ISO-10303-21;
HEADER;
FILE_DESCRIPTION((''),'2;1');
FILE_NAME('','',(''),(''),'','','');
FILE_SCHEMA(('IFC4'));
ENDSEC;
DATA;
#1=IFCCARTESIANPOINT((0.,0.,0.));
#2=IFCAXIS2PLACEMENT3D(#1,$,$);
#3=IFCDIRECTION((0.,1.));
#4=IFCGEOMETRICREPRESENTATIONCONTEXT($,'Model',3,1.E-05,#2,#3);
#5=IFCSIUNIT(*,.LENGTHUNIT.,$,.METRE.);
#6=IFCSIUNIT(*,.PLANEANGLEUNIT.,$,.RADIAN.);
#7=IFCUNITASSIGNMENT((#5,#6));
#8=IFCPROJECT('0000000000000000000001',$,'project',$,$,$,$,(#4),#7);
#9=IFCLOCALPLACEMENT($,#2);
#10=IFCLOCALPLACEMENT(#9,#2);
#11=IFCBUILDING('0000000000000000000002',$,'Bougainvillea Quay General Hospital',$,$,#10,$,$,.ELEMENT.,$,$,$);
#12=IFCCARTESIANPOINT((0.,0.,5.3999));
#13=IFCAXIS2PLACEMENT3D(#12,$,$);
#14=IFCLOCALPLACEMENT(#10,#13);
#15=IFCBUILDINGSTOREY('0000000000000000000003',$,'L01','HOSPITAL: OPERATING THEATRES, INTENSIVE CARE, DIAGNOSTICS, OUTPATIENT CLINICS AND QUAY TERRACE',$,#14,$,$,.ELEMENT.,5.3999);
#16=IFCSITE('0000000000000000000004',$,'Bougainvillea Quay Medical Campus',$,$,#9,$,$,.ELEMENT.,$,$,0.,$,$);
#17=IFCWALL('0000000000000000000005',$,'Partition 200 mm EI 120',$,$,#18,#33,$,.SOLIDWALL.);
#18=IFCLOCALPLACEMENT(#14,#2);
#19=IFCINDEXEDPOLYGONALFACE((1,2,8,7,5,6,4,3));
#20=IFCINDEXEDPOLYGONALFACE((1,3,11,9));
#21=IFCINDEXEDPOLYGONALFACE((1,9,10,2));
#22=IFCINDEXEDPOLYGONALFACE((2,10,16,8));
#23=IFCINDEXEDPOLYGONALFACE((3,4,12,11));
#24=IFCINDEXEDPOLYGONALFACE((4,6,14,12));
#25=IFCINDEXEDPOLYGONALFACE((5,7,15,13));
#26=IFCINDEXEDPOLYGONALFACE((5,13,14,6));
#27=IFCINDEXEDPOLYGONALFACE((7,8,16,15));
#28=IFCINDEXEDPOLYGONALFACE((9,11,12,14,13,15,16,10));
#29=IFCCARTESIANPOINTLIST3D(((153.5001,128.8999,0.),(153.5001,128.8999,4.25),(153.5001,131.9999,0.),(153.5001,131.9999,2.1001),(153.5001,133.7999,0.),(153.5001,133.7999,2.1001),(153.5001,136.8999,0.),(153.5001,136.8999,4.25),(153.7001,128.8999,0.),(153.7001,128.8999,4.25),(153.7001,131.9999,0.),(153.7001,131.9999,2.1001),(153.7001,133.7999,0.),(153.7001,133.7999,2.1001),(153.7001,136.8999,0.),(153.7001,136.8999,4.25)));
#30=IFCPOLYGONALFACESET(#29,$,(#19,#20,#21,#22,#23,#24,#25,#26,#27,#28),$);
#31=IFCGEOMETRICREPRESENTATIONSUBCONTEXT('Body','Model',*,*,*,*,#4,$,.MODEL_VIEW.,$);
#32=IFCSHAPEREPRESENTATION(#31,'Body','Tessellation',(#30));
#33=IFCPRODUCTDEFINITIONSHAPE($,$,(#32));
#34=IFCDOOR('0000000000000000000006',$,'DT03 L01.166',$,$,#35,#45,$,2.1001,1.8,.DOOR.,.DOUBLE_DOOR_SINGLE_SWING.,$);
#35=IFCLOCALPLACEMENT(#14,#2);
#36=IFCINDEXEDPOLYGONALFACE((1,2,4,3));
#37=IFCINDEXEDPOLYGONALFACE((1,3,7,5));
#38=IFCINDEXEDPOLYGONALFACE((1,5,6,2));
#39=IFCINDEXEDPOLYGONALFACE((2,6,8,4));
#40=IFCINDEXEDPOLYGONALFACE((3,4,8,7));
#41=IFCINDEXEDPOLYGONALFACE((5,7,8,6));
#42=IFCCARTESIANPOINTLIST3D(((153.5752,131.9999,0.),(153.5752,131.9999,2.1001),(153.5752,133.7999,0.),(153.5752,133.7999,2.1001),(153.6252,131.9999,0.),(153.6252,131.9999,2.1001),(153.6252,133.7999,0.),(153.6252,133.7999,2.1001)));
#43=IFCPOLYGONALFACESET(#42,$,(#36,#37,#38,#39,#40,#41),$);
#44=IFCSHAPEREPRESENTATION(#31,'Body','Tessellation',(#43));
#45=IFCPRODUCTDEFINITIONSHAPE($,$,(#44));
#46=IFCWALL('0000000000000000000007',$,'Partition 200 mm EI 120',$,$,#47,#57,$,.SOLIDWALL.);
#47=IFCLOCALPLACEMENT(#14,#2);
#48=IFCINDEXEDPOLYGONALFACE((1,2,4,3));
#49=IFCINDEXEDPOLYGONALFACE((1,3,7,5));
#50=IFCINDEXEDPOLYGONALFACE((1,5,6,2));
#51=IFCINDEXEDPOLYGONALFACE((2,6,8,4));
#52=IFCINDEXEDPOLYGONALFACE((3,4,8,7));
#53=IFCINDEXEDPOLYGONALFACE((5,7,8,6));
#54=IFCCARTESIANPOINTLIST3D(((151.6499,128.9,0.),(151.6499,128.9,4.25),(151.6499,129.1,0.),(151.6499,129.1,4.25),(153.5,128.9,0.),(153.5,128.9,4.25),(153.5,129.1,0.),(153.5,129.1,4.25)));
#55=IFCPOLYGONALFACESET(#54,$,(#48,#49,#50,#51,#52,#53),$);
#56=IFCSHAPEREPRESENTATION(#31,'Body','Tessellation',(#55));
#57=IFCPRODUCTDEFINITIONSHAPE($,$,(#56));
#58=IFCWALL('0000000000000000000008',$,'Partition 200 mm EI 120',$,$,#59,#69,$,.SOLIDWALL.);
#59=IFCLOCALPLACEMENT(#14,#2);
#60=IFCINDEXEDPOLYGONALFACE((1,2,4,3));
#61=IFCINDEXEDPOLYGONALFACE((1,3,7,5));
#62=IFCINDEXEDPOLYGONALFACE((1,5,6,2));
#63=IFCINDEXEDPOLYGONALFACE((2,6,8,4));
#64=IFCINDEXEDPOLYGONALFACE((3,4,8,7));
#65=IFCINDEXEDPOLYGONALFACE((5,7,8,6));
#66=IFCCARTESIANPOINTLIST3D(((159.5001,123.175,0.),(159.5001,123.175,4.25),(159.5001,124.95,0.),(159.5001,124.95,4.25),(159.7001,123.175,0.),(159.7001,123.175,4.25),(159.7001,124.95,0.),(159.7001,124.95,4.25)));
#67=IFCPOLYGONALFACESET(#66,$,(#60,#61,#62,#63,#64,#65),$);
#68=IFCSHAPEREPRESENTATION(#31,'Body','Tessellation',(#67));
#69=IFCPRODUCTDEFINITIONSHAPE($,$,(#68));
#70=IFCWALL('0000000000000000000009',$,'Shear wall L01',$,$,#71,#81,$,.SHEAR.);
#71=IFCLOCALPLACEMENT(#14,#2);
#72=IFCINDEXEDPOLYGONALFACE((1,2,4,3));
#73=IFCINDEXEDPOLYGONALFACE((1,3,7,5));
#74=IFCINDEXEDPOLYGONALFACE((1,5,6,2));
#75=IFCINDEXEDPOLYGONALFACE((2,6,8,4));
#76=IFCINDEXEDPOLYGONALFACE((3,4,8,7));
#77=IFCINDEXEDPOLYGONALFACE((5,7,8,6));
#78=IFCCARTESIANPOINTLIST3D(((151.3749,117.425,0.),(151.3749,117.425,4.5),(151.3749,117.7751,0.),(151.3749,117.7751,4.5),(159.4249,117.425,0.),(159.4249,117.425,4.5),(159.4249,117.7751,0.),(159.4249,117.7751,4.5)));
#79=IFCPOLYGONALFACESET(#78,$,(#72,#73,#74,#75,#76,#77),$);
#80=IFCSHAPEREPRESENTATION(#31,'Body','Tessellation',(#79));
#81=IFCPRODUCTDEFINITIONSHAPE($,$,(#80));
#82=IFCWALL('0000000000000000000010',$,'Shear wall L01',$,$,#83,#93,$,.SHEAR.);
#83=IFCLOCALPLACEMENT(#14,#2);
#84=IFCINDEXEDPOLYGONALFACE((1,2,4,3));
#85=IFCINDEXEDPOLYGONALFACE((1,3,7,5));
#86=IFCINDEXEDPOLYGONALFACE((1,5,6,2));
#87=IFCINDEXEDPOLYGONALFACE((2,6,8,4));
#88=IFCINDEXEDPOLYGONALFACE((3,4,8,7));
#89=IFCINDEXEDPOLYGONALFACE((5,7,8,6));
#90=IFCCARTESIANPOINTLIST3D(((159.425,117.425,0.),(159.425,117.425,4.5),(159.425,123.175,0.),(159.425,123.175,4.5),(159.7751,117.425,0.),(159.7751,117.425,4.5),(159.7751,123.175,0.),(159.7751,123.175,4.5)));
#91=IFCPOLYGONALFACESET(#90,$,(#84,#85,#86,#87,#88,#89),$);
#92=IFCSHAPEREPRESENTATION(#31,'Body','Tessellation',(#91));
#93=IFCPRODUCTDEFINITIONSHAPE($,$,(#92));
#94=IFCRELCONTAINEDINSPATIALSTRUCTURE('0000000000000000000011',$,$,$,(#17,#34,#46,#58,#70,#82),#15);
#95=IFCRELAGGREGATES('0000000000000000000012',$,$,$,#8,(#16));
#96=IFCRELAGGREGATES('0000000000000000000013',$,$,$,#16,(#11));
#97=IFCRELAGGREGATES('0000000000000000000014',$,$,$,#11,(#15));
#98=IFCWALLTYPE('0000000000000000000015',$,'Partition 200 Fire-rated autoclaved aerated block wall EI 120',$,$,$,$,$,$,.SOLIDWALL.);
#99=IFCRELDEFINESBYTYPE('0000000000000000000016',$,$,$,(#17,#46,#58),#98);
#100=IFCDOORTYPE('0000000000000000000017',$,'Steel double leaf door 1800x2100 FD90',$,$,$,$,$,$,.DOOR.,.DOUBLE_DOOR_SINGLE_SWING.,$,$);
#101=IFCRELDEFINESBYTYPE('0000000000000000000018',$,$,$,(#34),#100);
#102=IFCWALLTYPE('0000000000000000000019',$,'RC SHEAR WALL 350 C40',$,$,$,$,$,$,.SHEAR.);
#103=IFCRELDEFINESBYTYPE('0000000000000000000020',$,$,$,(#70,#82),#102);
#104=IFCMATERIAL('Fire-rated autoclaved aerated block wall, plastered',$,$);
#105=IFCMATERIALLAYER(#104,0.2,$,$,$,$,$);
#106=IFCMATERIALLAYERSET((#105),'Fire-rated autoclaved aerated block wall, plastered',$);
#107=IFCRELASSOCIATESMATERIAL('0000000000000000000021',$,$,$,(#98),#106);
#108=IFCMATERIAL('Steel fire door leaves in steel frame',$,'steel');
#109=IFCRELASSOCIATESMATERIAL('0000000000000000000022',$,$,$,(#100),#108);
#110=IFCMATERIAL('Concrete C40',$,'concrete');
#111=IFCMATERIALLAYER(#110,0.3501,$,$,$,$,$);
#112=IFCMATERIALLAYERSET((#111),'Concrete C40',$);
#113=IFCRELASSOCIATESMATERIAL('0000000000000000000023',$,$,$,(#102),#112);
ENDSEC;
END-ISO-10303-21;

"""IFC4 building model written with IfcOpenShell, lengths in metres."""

from ifc_helpers import new_model, si_unit, direction, frame, frame_2d, origin, place, context, subcontext, project, spatial, rectangle, extrude, material, layer, layer_set, type_object, element, fill, save


model = new_model("IFC4")

# Units and contexts
model_context = context("Model", 3, precision=1e-05, world=origin(), true_north=direction((0.0, 1.0)))
body_context = subcontext(model_context, "Body", "Model", "MODEL_VIEW")
ifc_project = project(units=[si_unit("LENGTHUNIT", "METRE"), si_unit("PLANEANGLEUNIT", "RADIAN")], contexts=[model_context])

# Site, building, storey
site_placement = place(None, origin())
site = spatial("IfcSite", under=ifc_project, at=site_placement, Name="Bougainvillea Quay Medical Campus", CompositionType="ELEMENT", RefElevation=0.0)
building_placement = place(site_placement, origin())
building = spatial("IfcBuilding", under=site, at=building_placement, Name="Bougainvillea Quay General Hospital", CompositionType="ELEMENT")
storey_placement = place(building_placement, frame((0.0, 0.0, 5.3999)))
storey = spatial("IfcBuildingStorey", under=building, at=storey_placement, Name="L01", Description="HOSPITAL: OPERATING THEATRES, INTENSIVE CARE, DIAGNOSTICS, OUTPATIENT CLINICS AND QUAY TERRACE", CompositionType="ELEMENT", Elevation=5.3999)

# Wall, opening, door
ifc_material_1 = material(Name="Fire-rated autoclaved aerated block wall, plastered")
ifc_layer_1 = layer(ifc_material_1, 0.2)
ifc_layer_set_1 = layer_set([ifc_layer_1], Name="Fire-rated autoclaved aerated block wall, plastered")
wall_type_1 = type_object("IfcWallType", Name="Partition 200 Fire-rated autoclaved aerated block wall EI 120", PredefinedType="SOLIDWALL", material=ifc_layer_set_1)
ifc_material_2 = material(Name="Steel fire door leaves in steel frame", Category="steel")
door_type_1 = type_object("IfcDoorType", Name="Steel double leaf door 1800x2100 FD90", OperationType="DOUBLE_DOOR_SINGLE_SWING", PredefinedType="DOOR", material=ifc_material_2)
wall_1_placement = place(storey_placement, frame((153.6001, 128.8999, 0.0), z_axis=(0.0, 0.0, 1.0), x_axis=(0.0, 1.0, 0.0)))
wall_1 = element("IfcWall", 1, at=wall_1_placement, inside=storey, type_object=wall_type_1, Name="Partition 200 mm EI 120", PredefinedType="SOLIDWALL", context=body_context, shape_type="SweptSolid", body=[
    extrude(rectangle(XDim=8.0, YDim=0.2, at=frame_2d((4.0, 0.0))), origin(), (0.0, 0.0, 1.0), 4.25),
])
opening_1_placement = place(wall_1_placement, frame((3.1001, 0.0, 0.0)))
opening_1 = element("IfcOpeningElement", 2, at=opening_1_placement, cuts=wall_1, PredefinedType="OPENING", context=body_context, shape_type="SweptSolid", body=[
    extrude(rectangle(XDim=1.8, YDim=2.1001, at=frame_2d((0.8999, 1.05))), frame((0.0, 0.1099, 0.0), z_axis=(0.0, -1.0, 0.0), x_axis=(1.0, 0.0, 0.0)), (0.0, 0.0, 1.0), 0.22),
])
door_1_placement = place(opening_1_placement, origin())
door_1 = element("IfcDoor", 3, at=door_1_placement, inside=storey, type_object=door_type_1, Name="DT03 L01.166", OperationType="DOUBLE_DOOR_SINGLE_SWING", OverallHeight=2.1001, OverallWidth=1.8, PredefinedType="DOOR", context=body_context, shape_type="SweptSolid", body=[
    extrude(rectangle(XDim=1.8, YDim=2.1001, at=frame_2d((0.8999, 1.05))), frame((0.0, 0.0249, 0.0), z_axis=(0.0, -1.0, 0.0), x_axis=(1.0, 0.0, 0.0)), (0.0, 0.0, 1.0), 0.05),
])
fill(opening_1, door_1)

# Walls
wall_2_placement = place(storey_placement, frame((151.6499, 129.0, 0.0), z_axis=(0.0, 0.0, 1.0), x_axis=(1.0, 0.0, 0.0)))
element("IfcWall", 4, at=wall_2_placement, inside=storey, type_object=wall_type_1, Name="Partition 200 mm EI 120", PredefinedType="SOLIDWALL", context=body_context, shape_type="SweptSolid", body=[
    extrude(rectangle(XDim=1.8501, YDim=0.2, at=frame_2d((0.925, 0.0))), origin(), (0.0, 0.0, 1.0), 4.25),
])
wall_3_placement = place(storey_placement, frame((159.6001, 123.175, 0.0), z_axis=(0.0, 0.0, 1.0), x_axis=(0.0, 1.0, 0.0)))
element("IfcWall", 5, at=wall_3_placement, inside=storey, type_object=wall_type_1, Name="Partition 200 mm EI 120", PredefinedType="SOLIDWALL", context=body_context, shape_type="SweptSolid", body=[
    extrude(rectangle(XDim=1.7749, YDim=0.2, at=frame_2d((0.8875, 0.0))), origin(), (0.0, 0.0, 1.0), 4.25),
])
ifc_material_3 = material(Name="Concrete C40", Category="concrete")
ifc_layer_2 = layer(ifc_material_3, 0.3501)
ifc_layer_set_2 = layer_set([ifc_layer_2], Name="Concrete C40")
wall_type_2 = type_object("IfcWallType", Name="RC SHEAR WALL 350 C40", PredefinedType="SHEAR", material=ifc_layer_set_2)
wall_4_placement = place(storey_placement, frame((151.375, 117.6001, 0.0), z_axis=(0.0, 0.0, 1.0), x_axis=(1.0, 0.0, 0.0)))
element("IfcWall", 6, at=wall_4_placement, inside=storey, type_object=wall_type_2, Name="Shear wall L01", PredefinedType="SHEAR", context=body_context, shape_type="SweptSolid", body=[
    extrude(rectangle(XDim=8.05, YDim=0.3501, at=frame_2d((4.0249, 0.0))), origin(), (0.0, 0.0, 1.0), 4.5),
])
wall_5_placement = place(storey_placement, frame((159.6001, 117.425, 0.0), z_axis=(0.0, 0.0, 1.0), x_axis=(0.0, 1.0, 0.0)))
element("IfcWall", 7, at=wall_5_placement, inside=storey, type_object=wall_type_2, Name="Shear wall L01", PredefinedType="SHEAR", context=body_context, shape_type="SweptSolid", body=[
    extrude(rectangle(XDim=5.75, YDim=0.3501, at=frame_2d((2.875, 0.0))), origin(), (0.0, 0.0, 1.0), 4.5),
])

save(model, "model.ifc")
